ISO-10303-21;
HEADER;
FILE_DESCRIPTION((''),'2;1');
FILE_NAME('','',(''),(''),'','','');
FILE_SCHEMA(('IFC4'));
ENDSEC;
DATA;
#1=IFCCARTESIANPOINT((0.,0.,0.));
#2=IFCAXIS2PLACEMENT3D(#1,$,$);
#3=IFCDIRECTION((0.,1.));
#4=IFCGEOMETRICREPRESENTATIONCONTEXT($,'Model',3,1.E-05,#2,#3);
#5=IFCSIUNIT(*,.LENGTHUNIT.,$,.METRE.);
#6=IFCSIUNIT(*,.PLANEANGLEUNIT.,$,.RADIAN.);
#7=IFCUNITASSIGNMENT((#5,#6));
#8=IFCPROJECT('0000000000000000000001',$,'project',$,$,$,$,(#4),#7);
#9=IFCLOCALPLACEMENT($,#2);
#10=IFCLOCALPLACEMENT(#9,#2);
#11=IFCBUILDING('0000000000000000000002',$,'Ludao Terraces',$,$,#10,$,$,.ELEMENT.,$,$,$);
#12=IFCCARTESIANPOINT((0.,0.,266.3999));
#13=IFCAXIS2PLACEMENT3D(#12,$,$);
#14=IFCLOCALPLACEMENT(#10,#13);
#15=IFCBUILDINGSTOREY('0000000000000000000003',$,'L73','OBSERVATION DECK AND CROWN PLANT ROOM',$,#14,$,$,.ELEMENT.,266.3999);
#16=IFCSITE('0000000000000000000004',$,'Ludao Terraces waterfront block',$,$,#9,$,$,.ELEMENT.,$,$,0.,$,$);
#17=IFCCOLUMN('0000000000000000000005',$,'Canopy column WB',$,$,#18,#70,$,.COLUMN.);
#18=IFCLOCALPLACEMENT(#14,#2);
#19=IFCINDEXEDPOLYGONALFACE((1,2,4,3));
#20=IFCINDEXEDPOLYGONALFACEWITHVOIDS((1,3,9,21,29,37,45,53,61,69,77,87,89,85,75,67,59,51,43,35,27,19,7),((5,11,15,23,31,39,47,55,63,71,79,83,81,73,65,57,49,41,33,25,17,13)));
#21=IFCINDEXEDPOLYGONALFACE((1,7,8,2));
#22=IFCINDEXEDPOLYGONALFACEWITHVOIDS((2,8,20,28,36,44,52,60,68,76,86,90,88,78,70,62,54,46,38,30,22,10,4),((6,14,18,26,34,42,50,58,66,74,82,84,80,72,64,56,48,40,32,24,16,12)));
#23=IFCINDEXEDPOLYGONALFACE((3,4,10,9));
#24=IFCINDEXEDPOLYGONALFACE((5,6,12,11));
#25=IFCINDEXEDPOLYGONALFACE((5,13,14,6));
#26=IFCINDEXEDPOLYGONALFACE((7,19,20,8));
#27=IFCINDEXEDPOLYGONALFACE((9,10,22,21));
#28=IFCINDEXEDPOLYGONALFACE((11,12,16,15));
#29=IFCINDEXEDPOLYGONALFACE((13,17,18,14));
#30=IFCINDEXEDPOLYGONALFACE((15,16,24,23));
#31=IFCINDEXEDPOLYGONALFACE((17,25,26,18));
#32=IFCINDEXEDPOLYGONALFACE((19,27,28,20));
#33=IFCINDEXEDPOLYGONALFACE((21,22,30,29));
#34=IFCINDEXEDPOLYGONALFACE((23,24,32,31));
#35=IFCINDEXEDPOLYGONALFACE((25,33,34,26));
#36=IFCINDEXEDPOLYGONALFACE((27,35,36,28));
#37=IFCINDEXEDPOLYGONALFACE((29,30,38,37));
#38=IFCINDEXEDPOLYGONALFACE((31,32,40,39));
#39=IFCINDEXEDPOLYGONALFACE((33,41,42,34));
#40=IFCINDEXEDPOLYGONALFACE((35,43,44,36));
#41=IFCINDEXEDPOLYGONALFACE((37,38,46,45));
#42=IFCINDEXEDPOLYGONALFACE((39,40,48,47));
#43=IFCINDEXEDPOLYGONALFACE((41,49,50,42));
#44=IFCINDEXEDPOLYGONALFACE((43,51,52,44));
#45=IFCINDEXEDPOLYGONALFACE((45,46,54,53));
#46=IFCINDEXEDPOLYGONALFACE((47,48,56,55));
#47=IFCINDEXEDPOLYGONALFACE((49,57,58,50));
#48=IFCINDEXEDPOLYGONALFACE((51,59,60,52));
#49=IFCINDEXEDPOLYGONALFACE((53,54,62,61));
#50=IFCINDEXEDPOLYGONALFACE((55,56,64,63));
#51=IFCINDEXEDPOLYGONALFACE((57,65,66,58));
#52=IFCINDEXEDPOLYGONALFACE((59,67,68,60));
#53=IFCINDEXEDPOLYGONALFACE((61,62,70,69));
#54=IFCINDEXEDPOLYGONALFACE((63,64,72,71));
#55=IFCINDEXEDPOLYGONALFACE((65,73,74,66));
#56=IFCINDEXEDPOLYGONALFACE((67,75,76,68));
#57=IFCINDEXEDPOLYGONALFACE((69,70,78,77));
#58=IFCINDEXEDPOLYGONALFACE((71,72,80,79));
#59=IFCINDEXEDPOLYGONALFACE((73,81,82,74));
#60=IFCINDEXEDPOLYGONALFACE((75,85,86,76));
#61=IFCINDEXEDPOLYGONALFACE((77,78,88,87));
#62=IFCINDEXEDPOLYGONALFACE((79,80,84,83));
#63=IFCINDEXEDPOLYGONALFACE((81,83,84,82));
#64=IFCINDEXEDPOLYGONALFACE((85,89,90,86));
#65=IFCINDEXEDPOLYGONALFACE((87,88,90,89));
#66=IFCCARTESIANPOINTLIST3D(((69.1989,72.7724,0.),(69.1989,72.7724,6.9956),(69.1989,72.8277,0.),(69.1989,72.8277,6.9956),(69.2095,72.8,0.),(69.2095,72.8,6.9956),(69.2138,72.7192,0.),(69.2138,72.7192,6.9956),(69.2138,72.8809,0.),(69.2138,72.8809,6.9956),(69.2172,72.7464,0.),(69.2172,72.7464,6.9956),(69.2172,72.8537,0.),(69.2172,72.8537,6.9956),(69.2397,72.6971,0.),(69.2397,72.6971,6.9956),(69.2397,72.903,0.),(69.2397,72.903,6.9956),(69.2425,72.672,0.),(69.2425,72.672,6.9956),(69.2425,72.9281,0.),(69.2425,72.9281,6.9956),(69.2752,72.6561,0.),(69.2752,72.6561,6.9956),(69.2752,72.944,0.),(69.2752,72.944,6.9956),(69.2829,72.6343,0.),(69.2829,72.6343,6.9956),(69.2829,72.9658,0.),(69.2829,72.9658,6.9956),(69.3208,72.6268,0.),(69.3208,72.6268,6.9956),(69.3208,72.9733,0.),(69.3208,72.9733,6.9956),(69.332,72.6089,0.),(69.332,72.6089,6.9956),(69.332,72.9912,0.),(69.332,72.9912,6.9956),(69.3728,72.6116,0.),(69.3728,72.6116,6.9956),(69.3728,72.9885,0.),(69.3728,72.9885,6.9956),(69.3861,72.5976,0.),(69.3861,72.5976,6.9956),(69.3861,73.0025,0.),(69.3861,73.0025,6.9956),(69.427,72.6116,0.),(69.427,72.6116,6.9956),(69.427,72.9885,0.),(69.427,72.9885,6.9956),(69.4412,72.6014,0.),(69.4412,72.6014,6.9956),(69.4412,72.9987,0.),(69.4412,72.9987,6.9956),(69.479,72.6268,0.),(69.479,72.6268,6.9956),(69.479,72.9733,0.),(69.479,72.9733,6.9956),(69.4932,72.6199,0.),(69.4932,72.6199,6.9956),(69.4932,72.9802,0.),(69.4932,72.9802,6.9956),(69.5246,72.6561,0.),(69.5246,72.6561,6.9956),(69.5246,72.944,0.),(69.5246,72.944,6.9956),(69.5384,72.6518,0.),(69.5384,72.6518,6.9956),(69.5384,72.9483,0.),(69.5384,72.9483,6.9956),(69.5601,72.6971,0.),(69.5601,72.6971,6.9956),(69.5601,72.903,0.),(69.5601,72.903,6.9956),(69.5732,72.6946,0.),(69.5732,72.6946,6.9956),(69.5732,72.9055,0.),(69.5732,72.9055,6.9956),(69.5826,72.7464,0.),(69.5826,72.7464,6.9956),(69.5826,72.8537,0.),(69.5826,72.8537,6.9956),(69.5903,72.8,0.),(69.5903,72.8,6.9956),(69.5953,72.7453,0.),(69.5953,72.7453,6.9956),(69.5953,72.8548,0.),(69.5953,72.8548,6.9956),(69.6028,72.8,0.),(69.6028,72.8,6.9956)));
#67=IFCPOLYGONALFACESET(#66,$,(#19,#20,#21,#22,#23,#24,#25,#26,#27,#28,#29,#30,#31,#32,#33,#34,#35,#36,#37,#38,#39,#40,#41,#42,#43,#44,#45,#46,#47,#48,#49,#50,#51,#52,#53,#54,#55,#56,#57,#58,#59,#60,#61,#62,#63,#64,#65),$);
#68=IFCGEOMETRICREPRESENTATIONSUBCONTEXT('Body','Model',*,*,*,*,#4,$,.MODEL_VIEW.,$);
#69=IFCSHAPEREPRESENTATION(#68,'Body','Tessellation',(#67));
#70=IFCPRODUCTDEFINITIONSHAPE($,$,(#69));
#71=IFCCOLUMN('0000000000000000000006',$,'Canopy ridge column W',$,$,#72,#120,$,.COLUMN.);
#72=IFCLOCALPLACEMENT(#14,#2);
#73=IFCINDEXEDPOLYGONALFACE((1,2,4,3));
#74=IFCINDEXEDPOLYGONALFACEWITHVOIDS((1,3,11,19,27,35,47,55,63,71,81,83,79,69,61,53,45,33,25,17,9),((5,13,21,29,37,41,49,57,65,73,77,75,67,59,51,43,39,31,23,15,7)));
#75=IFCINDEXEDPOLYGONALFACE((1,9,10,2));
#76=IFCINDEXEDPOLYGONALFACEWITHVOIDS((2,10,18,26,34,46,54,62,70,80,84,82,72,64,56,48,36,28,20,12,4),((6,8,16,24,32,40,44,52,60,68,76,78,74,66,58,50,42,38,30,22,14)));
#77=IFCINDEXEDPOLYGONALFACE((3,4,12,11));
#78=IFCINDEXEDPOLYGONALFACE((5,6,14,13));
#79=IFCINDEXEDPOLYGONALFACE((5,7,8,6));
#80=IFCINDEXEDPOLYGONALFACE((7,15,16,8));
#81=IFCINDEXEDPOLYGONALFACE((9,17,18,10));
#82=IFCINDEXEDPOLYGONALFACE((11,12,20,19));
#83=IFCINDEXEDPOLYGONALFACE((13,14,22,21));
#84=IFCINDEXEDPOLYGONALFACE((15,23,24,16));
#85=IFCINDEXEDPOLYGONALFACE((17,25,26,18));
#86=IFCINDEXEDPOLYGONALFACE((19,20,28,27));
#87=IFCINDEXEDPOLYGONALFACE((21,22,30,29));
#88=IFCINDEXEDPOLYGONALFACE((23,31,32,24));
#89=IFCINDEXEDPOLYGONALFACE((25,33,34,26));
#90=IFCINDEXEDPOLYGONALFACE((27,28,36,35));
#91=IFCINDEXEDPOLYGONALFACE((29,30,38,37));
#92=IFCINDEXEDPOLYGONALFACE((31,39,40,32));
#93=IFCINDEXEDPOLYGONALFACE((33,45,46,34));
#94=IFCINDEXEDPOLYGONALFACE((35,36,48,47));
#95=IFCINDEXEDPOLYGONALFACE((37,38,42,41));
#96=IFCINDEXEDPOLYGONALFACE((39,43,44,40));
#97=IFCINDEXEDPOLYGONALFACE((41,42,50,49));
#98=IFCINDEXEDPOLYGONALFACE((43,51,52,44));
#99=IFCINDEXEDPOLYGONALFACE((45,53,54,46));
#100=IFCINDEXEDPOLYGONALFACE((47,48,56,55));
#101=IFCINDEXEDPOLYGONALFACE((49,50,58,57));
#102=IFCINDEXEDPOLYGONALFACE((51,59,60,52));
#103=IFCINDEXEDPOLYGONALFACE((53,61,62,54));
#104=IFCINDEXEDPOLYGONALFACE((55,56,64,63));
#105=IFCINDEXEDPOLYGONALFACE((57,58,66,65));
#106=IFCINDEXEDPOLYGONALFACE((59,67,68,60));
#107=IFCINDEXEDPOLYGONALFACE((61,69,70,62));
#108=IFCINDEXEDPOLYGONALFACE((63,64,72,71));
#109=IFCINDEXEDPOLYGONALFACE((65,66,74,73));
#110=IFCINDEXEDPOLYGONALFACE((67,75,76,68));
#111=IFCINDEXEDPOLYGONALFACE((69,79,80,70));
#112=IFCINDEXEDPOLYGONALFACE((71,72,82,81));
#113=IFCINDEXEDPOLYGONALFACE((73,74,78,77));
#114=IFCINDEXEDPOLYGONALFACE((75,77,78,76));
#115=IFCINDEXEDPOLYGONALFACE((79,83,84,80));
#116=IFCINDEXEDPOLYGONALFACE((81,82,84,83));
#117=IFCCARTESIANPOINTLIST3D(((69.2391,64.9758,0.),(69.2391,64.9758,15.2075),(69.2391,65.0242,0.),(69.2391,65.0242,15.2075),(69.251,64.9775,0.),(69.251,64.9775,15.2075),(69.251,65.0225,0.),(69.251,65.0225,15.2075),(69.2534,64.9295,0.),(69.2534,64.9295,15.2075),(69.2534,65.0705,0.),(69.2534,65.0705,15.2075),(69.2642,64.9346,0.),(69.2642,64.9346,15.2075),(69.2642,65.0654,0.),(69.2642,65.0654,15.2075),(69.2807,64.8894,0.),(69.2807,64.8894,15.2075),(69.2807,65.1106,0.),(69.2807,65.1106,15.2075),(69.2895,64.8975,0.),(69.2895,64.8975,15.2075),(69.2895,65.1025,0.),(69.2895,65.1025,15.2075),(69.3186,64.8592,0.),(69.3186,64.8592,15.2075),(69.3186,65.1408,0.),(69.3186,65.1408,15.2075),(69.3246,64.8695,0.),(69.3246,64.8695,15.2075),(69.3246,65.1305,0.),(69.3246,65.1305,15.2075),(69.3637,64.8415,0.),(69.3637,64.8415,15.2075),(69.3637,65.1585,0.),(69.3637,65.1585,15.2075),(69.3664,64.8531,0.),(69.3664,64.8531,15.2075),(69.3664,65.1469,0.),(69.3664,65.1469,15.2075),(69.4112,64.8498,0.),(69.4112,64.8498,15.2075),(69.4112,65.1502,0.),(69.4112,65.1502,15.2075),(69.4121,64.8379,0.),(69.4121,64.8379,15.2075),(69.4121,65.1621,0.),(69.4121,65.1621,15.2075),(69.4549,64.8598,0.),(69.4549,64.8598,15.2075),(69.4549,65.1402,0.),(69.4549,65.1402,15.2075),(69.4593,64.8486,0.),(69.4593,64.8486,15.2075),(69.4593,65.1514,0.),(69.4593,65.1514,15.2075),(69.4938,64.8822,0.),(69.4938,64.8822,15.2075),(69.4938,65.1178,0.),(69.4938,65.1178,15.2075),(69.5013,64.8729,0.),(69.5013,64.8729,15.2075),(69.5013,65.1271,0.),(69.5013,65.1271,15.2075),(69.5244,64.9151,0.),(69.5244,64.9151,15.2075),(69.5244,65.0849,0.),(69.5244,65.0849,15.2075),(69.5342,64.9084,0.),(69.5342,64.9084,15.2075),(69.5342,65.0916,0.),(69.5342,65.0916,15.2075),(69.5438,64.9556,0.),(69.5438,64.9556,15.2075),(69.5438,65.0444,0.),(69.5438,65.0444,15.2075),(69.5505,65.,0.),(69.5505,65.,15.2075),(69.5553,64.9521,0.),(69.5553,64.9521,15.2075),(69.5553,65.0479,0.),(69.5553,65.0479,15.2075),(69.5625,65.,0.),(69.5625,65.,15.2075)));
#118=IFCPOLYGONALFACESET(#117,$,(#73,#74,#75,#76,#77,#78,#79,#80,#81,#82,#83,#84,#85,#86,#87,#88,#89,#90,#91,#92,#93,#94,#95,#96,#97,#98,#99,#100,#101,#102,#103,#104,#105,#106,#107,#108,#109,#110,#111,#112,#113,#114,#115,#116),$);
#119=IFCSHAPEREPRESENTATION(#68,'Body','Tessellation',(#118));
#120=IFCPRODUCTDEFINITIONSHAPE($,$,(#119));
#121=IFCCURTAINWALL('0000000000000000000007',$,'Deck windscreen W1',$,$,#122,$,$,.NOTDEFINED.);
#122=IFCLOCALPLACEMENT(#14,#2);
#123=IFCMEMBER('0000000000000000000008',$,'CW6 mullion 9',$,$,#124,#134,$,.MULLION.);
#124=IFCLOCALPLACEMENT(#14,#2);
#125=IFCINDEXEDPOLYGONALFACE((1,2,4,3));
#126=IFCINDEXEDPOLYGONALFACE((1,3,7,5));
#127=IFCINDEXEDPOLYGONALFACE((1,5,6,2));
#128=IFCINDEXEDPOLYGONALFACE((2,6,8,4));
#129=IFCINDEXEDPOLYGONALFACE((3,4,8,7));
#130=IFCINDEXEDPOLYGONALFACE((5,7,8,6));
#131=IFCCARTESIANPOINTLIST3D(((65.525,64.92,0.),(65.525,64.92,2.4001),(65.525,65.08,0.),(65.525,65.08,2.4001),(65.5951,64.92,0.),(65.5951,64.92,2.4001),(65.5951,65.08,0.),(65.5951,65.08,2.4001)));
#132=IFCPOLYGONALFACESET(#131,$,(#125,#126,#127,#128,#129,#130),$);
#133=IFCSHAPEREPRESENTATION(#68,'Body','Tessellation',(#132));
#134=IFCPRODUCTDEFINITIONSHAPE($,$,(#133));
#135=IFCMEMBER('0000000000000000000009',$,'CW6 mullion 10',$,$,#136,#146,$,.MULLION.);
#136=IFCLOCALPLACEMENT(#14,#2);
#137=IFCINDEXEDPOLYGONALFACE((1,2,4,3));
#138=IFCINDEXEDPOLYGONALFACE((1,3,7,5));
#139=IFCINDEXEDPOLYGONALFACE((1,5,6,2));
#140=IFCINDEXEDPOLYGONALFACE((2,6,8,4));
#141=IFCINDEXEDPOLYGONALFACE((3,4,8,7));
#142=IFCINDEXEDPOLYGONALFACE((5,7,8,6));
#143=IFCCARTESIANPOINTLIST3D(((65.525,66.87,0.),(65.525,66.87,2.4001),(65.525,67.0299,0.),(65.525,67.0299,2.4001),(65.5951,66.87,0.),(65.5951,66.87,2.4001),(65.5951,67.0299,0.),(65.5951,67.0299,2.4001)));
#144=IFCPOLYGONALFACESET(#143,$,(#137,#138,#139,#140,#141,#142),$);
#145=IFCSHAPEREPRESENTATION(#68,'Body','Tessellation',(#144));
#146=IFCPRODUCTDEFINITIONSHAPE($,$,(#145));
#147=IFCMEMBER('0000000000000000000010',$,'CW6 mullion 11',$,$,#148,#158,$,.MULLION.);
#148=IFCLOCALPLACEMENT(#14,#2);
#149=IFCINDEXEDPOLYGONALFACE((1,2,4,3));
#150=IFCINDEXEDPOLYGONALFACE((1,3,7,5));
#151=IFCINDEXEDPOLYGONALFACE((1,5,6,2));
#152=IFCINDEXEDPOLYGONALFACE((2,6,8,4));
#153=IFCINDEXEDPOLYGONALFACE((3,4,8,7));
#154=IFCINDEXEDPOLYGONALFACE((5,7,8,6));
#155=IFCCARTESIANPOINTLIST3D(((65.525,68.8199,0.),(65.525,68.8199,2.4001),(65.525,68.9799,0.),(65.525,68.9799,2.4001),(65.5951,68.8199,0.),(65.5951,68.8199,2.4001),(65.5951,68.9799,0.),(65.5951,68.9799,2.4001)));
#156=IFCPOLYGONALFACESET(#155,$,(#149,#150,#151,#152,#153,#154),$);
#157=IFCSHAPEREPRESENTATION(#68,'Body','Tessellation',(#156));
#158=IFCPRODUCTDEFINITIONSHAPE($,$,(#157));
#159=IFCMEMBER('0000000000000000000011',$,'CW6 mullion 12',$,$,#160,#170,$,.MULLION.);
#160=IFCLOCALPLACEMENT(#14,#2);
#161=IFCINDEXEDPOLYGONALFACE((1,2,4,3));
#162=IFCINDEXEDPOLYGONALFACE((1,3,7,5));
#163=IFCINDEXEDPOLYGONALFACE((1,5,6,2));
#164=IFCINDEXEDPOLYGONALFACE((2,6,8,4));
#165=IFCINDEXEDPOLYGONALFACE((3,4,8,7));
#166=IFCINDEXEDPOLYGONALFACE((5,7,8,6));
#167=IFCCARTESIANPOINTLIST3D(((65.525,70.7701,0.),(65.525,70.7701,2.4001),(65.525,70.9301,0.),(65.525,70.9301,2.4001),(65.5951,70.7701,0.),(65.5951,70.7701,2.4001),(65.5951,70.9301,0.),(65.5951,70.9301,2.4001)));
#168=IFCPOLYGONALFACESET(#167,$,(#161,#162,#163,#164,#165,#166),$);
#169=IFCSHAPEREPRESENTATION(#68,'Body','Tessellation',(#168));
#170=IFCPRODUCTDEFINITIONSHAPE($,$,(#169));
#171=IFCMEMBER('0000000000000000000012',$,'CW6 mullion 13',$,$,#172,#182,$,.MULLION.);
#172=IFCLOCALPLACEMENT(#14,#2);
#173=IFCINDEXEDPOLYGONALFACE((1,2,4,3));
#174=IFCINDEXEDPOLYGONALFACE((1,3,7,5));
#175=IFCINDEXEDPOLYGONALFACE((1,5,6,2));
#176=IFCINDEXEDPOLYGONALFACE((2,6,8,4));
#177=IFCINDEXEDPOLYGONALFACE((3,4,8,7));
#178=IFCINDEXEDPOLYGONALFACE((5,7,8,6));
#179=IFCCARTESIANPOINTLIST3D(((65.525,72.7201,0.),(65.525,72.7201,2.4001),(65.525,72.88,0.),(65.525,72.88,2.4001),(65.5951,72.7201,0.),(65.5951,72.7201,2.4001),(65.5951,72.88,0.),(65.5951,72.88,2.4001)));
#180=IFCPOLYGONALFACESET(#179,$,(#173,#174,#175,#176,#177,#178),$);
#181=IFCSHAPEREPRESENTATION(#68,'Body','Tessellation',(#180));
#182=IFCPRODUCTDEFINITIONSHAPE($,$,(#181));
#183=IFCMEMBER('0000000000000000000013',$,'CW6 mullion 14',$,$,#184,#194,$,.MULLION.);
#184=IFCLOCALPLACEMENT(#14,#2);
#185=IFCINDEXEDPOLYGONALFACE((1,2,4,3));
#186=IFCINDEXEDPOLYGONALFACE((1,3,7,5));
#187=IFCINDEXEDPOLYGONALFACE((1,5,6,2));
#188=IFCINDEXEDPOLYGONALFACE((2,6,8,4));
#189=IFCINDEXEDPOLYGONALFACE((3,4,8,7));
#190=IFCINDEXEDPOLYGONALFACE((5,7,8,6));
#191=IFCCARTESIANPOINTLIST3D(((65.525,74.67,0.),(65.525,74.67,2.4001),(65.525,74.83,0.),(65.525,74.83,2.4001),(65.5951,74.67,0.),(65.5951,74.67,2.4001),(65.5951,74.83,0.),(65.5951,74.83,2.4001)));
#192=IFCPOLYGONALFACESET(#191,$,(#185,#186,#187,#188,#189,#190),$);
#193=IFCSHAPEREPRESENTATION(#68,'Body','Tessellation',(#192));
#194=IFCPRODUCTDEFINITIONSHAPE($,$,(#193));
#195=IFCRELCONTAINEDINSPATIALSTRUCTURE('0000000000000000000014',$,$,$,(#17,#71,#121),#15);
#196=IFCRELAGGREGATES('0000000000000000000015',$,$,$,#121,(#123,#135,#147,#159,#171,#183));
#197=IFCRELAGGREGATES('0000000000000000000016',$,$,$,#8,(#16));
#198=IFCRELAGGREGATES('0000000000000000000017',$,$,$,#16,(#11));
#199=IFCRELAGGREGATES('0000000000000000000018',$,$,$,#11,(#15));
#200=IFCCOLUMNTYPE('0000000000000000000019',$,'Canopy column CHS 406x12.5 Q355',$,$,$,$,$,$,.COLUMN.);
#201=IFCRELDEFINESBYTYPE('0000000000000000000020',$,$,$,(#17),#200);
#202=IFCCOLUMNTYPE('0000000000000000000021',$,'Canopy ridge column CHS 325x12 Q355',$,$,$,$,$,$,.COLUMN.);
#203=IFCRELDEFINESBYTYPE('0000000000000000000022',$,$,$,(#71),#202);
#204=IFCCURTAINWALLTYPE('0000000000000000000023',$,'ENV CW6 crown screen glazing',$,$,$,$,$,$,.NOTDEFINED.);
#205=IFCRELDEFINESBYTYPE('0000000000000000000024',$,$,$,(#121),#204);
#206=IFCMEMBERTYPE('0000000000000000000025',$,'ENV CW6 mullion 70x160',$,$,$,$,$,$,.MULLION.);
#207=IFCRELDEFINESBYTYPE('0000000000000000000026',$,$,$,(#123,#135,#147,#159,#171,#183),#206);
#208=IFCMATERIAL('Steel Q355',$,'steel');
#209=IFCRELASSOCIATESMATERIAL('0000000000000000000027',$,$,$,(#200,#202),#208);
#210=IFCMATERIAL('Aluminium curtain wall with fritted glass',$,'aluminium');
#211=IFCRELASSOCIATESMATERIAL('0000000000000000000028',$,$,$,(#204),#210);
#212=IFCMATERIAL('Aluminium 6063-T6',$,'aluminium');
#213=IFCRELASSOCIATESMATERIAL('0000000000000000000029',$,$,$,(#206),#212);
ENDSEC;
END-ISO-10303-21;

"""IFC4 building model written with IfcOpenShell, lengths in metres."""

from ifc_helpers import new_model, si_unit, direction, frame, origin, origin_2d, place, context, subcontext, project, spatial, rectangle, hollow_circle, extrude, material, material_profile, profile_set, type_object, element, aggregate, save


model = new_model("IFC4")

# Units and contexts
model_context = context("Model", 3, precision=1e-05, world=origin(), true_north=direction((0.0, 1.0)))
body_context = subcontext(model_context, "Body", "Model", "MODEL_VIEW")
ifc_project = project(units=[si_unit("LENGTHUNIT", "METRE"), si_unit("PLANEANGLEUNIT", "RADIAN")], contexts=[model_context])

# Site, building, storey
site_placement = place(None, origin())
site = spatial("IfcSite", under=ifc_project, at=site_placement, Name="Ludao Terraces waterfront block", CompositionType="ELEMENT", RefElevation=0.0)
building_placement = place(site_placement, origin())
building = spatial("IfcBuilding", under=site, at=building_placement, Name="Ludao Terraces", CompositionType="ELEMENT")
storey_placement = place(building_placement, frame((0.0, 0.0, 266.3999)))
storey = spatial("IfcBuildingStorey", under=building, at=storey_placement, Name="L73", Description="OBSERVATION DECK AND CROWN PLANT ROOM", CompositionType="ELEMENT", Elevation=266.3999)

# Columns
ifc_material_1 = material(Name="Steel Q355", Category="steel")
ifc_material_profile_1 = material_profile(ifc_material_1, hollow_circle(Radius=0.2029, WallThickness=0.0125, at=origin_2d()), Name="CHS 406X12.5")
ifc_profile_set_1 = profile_set([ifc_material_profile_1], Name="Steel Q355")
column_type_1 = type_object("IfcColumnType", Name="Canopy column CHS 406x12.5 Q355", PredefinedType="COLUMN", material=ifc_profile_set_1)
column_1_placement = place(storey_placement, frame((69.3999, 72.8, 0.0), z_axis=(0.0, 0.0, 1.0), x_axis=(1.0, 0.0, 0.0)))
element("IfcColumn", 1, at=column_1_placement, inside=storey, type_object=column_type_1, Name="Canopy column WB", PredefinedType="COLUMN", context=body_context, shape_type="SweptSolid", body=[
    extrude(hollow_circle(Radius=0.2029, WallThickness=0.0125, at=origin_2d()), origin(), (0.0, 0.0, 1.0), 6.9956),
])
ifc_material_profile_2 = material_profile(ifc_material_1, hollow_circle(Radius=0.1626, WallThickness=0.012, at=origin_2d()), Name="CHS 325X12")
ifc_profile_set_2 = profile_set([ifc_material_profile_2], Name="Steel Q355")
column_type_2 = type_object("IfcColumnType", Name="Canopy ridge column CHS 325x12 Q355", PredefinedType="COLUMN", material=ifc_profile_set_2)
column_2_placement = place(storey_placement, frame((69.3999, 65.0, 0.0), z_axis=(0.0, 0.0, 1.0), x_axis=(1.0, 0.0, 0.0)))
element("IfcColumn", 2, at=column_2_placement, inside=storey, type_object=column_type_2, Name="Canopy ridge column W", PredefinedType="COLUMN", context=body_context, shape_type="SweptSolid", body=[
    extrude(hollow_circle(Radius=0.1626, WallThickness=0.012, at=origin_2d()), origin(), (0.0, 0.0, 1.0), 15.2075),
])

# Curtain wall, members
ifc_material_2 = material(Name="Aluminium curtain wall with fritted glass", Category="aluminium")
curtain_wall_type = type_object("IfcCurtainWallType", Name="ENV CW6 crown screen glazing", PredefinedType="NOTDEFINED", material=ifc_material_2)
curtain_wall_placement = place(storey_placement, origin())
curtain_wall = element("IfcCurtainWall", 3, at=curtain_wall_placement, inside=storey, type_object=curtain_wall_type, Name="Deck windscreen W1", PredefinedType="NOTDEFINED")
ifc_material_3 = material(Name="Aluminium 6063-T6", Category="aluminium")
ifc_material_profile_3 = material_profile(ifc_material_3, rectangle(XDim=0.0701, YDim=0.1599, at=origin_2d()), Name="70 X 160")
ifc_profile_set_3 = profile_set([ifc_material_profile_3], Name="Aluminium 6063-T6")
member_type_1 = type_object("IfcMemberType", Name="ENV CW6 mullion 70x160", PredefinedType="MULLION", material=ifc_profile_set_3)
member_1_placement = place(storey_placement, frame((65.5601, 65.0, 0.0), z_axis=(0.0, 0.0, 1.0), x_axis=(-1.0, 0.0, 0.0)))
member_1 = element("IfcMember", 4, at=member_1_placement, type_object=member_type_1, Name="CW6 mullion 9", PredefinedType="MULLION", context=body_context, shape_type="SweptSolid", body=[
    extrude(rectangle(XDim=0.0701, YDim=0.1599, at=origin_2d()), origin(), (0.0, 0.0, 1.0), 2.4001),
])
member_2_placement = place(storey_placement, frame((65.5601, 66.95, 0.0), z_axis=(0.0, 0.0, 1.0), x_axis=(-1.0, 0.0, 0.0)))
member_2 = element("IfcMember", 5, at=member_2_placement, type_object=member_type_1, Name="CW6 mullion 10", PredefinedType="MULLION", context=body_context, shape_type="SweptSolid", body=[
    extrude(rectangle(XDim=0.0701, YDim=0.1599, at=origin_2d()), origin(), (0.0, 0.0, 1.0), 2.4001),
])
member_3_placement = place(storey_placement, frame((65.5601, 68.8999, 0.0), z_axis=(0.0, 0.0, 1.0), x_axis=(-1.0, 0.0, 0.0)))
member_3 = element("IfcMember", 6, at=member_3_placement, type_object=member_type_1, Name="CW6 mullion 11", PredefinedType="MULLION", context=body_context, shape_type="SweptSolid", body=[
    extrude(rectangle(XDim=0.0701, YDim=0.1599, at=origin_2d()), origin(), (0.0, 0.0, 1.0), 2.4001),
])
member_4_placement = place(storey_placement, frame((65.5601, 70.8501, 0.0), z_axis=(0.0, 0.0, 1.0), x_axis=(-1.0, 0.0, 0.0)))
member_4 = element("IfcMember", 7, at=member_4_placement, type_object=member_type_1, Name="CW6 mullion 12", PredefinedType="MULLION", context=body_context, shape_type="SweptSolid", body=[
    extrude(rectangle(XDim=0.0701, YDim=0.1599, at=origin_2d()), origin(), (0.0, 0.0, 1.0), 2.4001),
])
member_5_placement = place(storey_placement, frame((65.5601, 72.8, 0.0), z_axis=(0.0, 0.0, 1.0), x_axis=(-1.0, 0.0, 0.0)))
member_5 = element("IfcMember", 8, at=member_5_placement, type_object=member_type_1, Name="CW6 mullion 13", PredefinedType="MULLION", context=body_context, shape_type="SweptSolid", body=[
    extrude(rectangle(XDim=0.0701, YDim=0.1599, at=origin_2d()), origin(), (0.0, 0.0, 1.0), 2.4001),
])
member_6_placement = place(storey_placement, frame((65.5601, 74.75, 0.0), z_axis=(0.0, 0.0, 1.0), x_axis=(-1.0, 0.0, 0.0)))
member_6 = element("IfcMember", 9, at=member_6_placement, type_object=member_type_1, Name="CW6 mullion 14", PredefinedType="MULLION", context=body_context, shape_type="SweptSolid", body=[
    extrude(rectangle(XDim=0.0701, YDim=0.1599, at=origin_2d()), origin(), (0.0, 0.0, 1.0), 2.4001),
])
aggregate(curtain_wall, [member_1, member_2, member_3, member_4, member_5, member_6])

save(model, "model.ifc")
